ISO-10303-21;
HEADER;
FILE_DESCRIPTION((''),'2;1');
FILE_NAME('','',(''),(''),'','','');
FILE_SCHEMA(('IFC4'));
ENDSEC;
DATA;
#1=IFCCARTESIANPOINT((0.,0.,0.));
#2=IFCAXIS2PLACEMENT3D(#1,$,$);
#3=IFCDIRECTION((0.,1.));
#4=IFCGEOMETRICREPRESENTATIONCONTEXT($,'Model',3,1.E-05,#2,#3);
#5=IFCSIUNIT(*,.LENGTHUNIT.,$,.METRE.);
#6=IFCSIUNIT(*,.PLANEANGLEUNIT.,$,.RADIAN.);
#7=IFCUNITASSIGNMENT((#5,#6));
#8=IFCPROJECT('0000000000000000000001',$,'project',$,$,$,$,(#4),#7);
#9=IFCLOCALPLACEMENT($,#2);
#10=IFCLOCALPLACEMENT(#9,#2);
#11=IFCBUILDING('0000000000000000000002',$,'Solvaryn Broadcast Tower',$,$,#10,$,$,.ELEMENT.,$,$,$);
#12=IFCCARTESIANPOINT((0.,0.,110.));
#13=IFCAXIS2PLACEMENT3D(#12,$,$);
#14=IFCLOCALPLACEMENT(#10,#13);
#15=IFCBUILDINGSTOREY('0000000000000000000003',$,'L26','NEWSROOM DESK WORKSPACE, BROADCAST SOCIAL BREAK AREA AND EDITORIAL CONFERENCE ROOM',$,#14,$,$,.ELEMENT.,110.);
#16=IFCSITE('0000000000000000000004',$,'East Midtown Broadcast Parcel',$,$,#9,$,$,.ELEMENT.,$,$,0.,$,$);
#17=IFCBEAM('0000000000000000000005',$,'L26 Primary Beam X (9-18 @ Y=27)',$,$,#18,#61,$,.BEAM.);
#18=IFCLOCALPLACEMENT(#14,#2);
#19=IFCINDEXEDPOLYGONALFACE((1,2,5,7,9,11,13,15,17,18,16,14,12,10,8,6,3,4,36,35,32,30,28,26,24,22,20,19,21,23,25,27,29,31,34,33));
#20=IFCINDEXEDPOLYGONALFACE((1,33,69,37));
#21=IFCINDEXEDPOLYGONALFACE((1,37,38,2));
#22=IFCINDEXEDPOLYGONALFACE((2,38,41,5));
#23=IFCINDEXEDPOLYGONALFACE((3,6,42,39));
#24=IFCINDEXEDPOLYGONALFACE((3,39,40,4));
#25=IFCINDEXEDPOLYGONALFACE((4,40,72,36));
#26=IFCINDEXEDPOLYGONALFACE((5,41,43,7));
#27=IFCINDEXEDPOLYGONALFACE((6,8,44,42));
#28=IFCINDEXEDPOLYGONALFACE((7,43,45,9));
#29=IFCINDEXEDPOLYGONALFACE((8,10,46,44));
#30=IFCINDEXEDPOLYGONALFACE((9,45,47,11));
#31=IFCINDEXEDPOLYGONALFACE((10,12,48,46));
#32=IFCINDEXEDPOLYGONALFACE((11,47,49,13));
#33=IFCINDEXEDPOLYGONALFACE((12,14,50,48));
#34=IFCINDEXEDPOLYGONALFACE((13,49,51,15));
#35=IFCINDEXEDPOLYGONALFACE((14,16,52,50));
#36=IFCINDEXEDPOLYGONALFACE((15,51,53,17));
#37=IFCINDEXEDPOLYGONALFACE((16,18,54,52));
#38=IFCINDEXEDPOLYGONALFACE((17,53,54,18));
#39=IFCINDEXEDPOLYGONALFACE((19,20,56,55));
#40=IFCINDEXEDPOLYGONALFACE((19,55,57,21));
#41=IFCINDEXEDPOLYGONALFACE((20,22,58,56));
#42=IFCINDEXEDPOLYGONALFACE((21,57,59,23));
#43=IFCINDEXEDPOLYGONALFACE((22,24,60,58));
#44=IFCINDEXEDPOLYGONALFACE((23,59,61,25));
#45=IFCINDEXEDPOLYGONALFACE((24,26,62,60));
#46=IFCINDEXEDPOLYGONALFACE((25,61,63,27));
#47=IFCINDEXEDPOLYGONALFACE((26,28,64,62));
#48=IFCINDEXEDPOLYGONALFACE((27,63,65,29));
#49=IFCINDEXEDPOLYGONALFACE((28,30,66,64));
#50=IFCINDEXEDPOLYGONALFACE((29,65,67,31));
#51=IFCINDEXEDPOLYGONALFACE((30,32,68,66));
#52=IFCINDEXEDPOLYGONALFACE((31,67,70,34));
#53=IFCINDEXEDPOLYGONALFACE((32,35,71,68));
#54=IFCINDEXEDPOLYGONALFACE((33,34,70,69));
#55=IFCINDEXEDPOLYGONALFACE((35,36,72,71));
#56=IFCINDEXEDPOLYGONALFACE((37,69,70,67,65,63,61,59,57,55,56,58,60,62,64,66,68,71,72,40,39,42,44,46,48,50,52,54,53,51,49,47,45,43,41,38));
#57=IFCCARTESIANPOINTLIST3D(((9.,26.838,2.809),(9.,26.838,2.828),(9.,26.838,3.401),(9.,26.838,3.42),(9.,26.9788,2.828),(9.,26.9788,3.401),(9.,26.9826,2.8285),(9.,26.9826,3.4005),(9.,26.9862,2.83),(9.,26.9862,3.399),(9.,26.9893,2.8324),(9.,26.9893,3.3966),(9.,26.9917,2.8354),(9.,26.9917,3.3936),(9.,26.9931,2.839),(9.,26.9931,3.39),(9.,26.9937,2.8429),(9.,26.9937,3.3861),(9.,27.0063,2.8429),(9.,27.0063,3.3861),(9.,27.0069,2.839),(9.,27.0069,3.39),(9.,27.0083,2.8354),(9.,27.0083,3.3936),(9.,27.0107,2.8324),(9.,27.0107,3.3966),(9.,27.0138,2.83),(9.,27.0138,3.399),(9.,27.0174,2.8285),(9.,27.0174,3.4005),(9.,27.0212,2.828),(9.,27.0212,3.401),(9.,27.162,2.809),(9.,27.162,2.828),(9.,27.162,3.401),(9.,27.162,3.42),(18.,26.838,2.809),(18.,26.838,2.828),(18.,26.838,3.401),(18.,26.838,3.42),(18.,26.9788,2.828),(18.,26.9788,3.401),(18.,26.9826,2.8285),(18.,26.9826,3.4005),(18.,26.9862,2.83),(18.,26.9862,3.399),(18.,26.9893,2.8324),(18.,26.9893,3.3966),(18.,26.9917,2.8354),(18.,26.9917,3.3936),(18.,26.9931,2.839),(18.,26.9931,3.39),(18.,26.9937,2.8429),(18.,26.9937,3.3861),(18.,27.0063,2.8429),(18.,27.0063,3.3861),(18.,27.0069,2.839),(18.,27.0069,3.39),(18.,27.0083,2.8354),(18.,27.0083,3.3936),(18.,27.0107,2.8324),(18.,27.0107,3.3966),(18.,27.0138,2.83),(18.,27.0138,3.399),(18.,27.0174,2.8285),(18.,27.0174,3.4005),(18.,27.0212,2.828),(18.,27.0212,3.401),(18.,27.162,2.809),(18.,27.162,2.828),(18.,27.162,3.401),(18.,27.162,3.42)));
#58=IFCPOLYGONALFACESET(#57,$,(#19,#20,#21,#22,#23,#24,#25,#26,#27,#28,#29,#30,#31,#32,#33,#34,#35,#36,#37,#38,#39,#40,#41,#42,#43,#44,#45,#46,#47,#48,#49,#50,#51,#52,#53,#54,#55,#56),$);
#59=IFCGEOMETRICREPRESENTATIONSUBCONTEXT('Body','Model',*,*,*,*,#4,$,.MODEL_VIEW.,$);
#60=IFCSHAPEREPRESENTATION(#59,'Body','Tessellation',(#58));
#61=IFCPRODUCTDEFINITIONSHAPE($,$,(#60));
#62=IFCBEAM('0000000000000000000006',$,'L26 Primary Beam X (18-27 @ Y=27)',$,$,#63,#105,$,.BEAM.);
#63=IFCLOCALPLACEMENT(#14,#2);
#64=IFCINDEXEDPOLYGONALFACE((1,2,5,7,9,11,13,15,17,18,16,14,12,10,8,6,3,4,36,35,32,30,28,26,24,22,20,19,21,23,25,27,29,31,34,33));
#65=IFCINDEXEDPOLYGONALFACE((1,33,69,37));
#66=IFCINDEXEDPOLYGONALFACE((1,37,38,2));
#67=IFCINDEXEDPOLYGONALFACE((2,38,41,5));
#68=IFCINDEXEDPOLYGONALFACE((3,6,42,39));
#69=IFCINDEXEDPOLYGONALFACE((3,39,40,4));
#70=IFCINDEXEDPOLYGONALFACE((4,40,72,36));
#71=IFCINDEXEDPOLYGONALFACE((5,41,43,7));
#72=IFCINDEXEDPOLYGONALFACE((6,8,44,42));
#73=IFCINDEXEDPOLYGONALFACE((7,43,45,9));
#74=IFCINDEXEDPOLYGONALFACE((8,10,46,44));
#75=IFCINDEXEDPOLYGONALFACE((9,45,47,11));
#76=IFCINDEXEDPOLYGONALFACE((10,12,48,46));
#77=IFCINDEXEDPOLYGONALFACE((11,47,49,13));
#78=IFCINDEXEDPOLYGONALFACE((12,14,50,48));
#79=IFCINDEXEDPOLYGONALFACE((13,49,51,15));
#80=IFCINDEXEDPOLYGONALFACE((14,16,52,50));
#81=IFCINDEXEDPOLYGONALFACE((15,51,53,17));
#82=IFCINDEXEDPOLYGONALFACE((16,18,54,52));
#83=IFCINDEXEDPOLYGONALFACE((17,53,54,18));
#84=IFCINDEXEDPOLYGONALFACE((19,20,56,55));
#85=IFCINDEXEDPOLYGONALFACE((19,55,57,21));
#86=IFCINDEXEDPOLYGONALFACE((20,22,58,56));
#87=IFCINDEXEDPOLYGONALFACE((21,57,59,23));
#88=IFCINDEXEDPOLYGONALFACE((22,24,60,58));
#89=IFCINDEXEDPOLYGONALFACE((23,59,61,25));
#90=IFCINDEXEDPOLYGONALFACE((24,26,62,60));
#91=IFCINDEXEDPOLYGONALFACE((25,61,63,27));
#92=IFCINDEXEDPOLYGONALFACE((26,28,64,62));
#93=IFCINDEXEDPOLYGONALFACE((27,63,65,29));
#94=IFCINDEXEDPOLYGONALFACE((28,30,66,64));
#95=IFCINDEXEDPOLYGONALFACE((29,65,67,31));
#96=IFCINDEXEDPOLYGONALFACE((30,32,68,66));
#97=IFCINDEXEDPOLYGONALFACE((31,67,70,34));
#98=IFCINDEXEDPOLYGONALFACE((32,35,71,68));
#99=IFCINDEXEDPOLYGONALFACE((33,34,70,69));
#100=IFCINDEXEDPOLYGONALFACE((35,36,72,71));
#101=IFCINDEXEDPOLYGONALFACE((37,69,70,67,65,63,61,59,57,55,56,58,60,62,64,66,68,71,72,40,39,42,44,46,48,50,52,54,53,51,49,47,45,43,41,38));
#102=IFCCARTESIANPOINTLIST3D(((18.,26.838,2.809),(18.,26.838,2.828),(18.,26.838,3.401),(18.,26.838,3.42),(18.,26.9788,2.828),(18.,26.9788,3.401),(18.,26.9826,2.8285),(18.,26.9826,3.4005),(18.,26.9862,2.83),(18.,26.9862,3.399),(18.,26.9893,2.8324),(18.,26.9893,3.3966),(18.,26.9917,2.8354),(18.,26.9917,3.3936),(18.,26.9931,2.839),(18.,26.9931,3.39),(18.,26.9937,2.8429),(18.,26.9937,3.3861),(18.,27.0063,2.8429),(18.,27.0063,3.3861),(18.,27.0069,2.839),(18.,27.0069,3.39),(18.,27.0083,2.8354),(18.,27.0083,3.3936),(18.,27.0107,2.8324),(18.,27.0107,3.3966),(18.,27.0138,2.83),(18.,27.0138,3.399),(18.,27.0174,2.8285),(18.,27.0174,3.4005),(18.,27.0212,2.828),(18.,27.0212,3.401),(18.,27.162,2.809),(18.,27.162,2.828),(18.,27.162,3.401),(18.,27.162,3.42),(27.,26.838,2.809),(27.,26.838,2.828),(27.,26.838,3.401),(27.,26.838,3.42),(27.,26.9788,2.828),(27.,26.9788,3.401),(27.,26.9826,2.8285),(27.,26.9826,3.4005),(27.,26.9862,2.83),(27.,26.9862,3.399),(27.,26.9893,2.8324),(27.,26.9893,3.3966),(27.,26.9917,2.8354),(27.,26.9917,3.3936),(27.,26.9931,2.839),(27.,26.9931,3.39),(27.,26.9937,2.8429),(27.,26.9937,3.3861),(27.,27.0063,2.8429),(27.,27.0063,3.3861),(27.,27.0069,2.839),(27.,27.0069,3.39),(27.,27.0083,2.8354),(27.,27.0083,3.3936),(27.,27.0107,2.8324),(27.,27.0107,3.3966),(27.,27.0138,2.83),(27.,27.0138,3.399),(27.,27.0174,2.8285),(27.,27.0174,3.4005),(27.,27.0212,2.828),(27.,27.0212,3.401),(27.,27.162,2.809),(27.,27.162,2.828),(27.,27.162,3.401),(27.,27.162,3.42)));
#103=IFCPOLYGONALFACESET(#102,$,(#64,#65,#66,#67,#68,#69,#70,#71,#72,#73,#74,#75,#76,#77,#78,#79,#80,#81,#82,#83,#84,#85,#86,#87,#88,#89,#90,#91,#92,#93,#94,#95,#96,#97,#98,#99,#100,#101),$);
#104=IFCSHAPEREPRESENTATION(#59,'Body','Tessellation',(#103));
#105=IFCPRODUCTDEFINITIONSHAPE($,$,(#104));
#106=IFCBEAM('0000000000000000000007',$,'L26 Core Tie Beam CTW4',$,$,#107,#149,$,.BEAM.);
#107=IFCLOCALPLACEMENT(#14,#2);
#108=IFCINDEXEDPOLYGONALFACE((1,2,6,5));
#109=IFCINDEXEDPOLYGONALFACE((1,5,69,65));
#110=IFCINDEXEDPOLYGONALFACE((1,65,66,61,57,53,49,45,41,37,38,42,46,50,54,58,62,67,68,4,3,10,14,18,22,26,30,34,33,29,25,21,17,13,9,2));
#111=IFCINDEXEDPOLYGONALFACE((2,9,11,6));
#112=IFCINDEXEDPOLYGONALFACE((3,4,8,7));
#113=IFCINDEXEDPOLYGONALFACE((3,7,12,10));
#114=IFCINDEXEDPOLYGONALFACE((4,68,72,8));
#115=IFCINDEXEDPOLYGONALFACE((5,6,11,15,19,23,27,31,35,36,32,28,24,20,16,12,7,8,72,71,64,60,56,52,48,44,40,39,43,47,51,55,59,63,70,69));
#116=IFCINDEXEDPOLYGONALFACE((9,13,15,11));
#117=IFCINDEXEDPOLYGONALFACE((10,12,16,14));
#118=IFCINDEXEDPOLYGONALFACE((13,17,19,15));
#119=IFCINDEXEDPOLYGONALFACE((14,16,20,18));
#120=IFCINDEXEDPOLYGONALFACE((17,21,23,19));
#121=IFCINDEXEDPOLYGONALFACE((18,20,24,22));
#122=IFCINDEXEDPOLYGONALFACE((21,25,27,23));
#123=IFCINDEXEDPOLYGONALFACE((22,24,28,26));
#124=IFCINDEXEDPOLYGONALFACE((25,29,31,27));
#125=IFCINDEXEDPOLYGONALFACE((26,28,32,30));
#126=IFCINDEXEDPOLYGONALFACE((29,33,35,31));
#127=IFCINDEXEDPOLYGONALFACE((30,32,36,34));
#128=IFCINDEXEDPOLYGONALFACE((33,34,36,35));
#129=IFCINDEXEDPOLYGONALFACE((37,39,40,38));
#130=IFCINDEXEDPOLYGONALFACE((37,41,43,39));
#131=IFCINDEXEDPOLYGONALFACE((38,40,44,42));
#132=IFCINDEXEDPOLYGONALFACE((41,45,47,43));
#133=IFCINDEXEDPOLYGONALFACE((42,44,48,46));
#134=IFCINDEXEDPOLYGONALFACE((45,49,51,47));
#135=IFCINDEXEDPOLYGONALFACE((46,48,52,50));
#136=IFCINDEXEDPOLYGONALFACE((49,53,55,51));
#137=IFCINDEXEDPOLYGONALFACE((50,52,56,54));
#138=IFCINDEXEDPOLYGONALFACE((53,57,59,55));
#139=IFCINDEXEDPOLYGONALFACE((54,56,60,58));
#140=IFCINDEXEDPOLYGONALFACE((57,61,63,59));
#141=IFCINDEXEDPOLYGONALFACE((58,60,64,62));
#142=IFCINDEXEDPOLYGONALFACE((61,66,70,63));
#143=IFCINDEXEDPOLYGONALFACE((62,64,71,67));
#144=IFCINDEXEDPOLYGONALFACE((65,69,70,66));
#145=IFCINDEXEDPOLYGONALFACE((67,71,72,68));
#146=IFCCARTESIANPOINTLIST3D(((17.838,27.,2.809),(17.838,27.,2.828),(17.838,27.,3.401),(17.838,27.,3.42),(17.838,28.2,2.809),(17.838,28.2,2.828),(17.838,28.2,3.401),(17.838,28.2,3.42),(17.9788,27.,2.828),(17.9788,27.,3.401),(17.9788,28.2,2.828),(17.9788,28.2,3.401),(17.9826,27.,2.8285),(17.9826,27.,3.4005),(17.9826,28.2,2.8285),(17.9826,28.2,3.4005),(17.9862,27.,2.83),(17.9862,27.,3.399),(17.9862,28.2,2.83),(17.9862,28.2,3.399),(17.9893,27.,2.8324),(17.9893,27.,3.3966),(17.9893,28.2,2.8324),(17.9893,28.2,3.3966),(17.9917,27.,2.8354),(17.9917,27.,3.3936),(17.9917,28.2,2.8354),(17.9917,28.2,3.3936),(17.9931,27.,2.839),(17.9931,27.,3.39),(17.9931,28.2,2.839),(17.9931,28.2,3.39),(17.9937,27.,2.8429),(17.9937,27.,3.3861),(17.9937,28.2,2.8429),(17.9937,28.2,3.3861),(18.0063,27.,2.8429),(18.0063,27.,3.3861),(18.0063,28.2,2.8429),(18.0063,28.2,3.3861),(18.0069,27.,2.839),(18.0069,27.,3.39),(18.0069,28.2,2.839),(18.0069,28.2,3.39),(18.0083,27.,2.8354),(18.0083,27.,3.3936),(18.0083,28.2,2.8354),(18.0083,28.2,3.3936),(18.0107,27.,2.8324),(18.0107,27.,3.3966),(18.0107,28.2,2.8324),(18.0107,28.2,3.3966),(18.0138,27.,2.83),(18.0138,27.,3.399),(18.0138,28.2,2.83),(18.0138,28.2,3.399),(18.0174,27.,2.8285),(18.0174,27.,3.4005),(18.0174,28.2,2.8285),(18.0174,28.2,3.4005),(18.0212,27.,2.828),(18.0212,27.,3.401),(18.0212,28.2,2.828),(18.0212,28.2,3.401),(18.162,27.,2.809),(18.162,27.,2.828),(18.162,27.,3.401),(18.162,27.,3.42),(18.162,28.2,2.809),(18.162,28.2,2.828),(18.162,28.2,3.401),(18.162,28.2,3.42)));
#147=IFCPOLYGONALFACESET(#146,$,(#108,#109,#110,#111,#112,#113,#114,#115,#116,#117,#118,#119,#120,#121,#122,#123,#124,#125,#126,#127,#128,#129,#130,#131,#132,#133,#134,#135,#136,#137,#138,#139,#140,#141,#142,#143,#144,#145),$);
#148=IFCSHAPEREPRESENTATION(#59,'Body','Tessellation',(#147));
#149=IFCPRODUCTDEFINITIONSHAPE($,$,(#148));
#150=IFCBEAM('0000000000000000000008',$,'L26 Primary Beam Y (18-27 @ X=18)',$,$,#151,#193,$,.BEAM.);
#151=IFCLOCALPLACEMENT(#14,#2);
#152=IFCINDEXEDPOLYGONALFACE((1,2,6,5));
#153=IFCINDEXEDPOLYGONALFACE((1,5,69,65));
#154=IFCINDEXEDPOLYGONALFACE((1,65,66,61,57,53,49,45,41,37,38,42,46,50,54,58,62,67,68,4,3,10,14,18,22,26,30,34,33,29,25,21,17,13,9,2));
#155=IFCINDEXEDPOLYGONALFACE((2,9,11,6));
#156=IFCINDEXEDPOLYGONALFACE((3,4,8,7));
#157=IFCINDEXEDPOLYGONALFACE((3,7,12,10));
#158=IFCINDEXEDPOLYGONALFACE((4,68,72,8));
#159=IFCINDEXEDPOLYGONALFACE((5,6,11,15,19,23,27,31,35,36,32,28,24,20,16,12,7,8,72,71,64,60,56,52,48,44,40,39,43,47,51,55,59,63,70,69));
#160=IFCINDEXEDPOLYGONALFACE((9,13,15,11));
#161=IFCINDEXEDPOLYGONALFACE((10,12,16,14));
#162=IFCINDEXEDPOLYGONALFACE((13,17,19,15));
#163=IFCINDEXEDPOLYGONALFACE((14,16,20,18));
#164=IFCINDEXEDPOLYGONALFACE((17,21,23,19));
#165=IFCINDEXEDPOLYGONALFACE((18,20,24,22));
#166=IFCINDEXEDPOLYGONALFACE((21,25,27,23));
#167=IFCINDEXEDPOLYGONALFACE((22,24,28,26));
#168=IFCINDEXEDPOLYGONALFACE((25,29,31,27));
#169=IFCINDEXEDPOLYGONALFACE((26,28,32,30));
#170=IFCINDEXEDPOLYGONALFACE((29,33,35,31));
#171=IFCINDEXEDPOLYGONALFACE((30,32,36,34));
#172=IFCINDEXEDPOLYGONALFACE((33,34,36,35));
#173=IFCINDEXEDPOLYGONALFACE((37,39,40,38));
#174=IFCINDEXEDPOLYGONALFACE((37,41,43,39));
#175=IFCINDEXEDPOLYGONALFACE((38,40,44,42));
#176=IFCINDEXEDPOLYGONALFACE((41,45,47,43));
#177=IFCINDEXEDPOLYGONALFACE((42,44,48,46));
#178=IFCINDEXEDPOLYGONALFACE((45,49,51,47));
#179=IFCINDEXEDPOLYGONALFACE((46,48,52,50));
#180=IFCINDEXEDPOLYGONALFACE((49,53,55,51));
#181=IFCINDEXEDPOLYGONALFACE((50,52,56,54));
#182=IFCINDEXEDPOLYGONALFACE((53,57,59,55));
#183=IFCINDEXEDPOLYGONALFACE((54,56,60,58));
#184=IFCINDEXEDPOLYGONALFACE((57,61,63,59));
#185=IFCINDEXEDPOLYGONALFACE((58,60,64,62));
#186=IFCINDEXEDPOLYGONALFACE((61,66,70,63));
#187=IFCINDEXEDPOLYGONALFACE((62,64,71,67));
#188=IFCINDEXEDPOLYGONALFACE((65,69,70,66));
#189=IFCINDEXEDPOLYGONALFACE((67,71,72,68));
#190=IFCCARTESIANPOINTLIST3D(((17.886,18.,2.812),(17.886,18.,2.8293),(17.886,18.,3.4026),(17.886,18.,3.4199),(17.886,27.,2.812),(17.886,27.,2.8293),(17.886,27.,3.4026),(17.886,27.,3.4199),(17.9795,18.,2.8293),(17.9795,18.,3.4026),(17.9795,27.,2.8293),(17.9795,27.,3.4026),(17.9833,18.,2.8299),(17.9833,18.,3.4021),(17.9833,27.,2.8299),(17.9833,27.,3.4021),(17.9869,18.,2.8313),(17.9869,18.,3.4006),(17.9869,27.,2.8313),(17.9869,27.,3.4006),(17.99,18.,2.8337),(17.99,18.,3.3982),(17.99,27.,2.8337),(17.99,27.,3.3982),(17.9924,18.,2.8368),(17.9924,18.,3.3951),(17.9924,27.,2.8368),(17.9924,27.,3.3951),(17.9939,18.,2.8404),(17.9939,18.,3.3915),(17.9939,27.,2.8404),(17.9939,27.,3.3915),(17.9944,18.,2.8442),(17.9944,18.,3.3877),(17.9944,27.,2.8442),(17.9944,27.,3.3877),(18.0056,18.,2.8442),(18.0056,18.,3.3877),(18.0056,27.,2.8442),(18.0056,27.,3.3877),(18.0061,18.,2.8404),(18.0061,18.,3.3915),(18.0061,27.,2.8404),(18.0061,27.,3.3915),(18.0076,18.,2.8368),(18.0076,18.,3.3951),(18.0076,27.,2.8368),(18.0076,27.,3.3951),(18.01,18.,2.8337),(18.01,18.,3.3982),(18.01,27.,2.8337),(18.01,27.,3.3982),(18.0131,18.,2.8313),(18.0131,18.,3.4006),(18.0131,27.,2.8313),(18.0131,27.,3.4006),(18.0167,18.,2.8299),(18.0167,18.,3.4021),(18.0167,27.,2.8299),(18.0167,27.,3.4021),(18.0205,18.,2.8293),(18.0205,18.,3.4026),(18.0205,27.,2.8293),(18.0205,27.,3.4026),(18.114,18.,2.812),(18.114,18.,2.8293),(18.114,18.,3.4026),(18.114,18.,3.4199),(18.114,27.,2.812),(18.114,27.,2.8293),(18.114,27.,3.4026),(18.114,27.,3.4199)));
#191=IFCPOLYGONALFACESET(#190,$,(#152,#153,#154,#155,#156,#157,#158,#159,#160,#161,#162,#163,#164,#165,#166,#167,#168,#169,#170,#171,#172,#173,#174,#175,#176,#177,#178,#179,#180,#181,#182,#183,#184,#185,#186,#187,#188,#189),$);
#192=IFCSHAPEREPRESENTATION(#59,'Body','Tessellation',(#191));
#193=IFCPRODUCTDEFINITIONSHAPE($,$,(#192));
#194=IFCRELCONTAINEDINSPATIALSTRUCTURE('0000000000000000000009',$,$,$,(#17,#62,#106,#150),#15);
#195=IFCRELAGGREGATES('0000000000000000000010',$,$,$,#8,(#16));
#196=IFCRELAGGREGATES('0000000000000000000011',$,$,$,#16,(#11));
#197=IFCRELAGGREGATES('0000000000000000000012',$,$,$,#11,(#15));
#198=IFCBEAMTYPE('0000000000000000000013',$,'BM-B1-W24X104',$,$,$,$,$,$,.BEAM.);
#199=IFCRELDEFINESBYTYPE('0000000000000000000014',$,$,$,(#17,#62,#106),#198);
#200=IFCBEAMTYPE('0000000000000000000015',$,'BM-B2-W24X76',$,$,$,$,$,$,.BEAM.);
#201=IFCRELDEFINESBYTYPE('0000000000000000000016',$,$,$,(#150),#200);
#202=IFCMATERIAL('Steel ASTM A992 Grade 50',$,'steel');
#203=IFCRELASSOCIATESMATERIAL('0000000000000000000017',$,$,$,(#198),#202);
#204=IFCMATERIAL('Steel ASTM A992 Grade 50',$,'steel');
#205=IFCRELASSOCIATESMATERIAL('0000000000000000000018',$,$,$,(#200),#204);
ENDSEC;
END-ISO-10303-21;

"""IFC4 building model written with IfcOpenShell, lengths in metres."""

from ifc_helpers import new_model, si_unit, direction, frame, origin, origin_2d, place, context, subcontext, project, spatial, i_section, extrude, material, material_profile, profile_set, type_object, element, save


model = new_model("IFC4")

# Units and contexts
model_context = context("Model", 3, precision=1e-05, world=origin(), true_north=direction((0.0, 1.0)))
body_context = subcontext(model_context, "Body", "Model", "MODEL_VIEW")
ifc_project = project(units=[si_unit("LENGTHUNIT", "METRE"), si_unit("PLANEANGLEUNIT", "RADIAN")], contexts=[model_context])

# Site, building, storey
site_placement = place(None, origin())
site = spatial("IfcSite", under=ifc_project, at=site_placement, Name="East Midtown Broadcast Parcel", CompositionType="ELEMENT", RefElevation=0.0)
building_placement = place(site_placement, origin())
building = spatial("IfcBuilding", under=site, at=building_placement, Name="Solvaryn Broadcast Tower", CompositionType="ELEMENT")
storey_placement = place(building_placement, frame((0.0, 0.0, 110.0)))
storey = spatial("IfcBuildingStorey", under=building, at=storey_placement, Name="L26", Description="NEWSROOM DESK WORKSPACE, BROADCAST SOCIAL BREAK AREA AND EDITORIAL CONFERENCE ROOM", CompositionType="ELEMENT", Elevation=110.0)

# Beams
ifc_material_1 = material(Name="Steel ASTM A992 Grade 50", Category="steel")
ifc_material_profile_1 = material_profile(ifc_material_1, i_section(OverallWidth=0.324, OverallDepth=0.6111, WebThickness=0.0127, FlangeThickness=0.019, FilletRadius=0.0149, at=origin_2d()))
ifc_profile_set_1 = profile_set([ifc_material_profile_1], Name="Steel ASTM A992 Grade 50")
beam_type_1 = type_object("IfcBeamType", Name="BM-B1-W24X104", PredefinedType="BEAM", material=ifc_profile_set_1)
for number, where, z_axis, x_axis, name in (
    (1, (9.0, 27.0, 3.1145), (1.0, 0.0, 0.0), (0.0, 1.0, 0.0), "L26 Primary Beam X (9-18 @ Y=27)"),
    (2, (18.0, 27.0, 3.1145), (1.0, 0.0, 0.0), (0.0, 1.0, 0.0), "L26 Primary Beam X (18-27 @ Y=27)"),
):
    element("IfcBeam", number, at=place(storey_placement, frame(where, z_axis=z_axis, x_axis=x_axis)), inside=storey, type_object=beam_type_1, Name=name, PredefinedType="BEAM", context=body_context, shape_type="SweptSolid", body=[
        extrude(i_section(OverallWidth=0.324, OverallDepth=0.6111, WebThickness=0.0127, FlangeThickness=0.019, FilletRadius=0.0149, at=origin_2d()), origin(), (0.0, 0.0, 1.0), 9.0),
    ])
beam_1_placement = place(storey_placement, frame((18.0, 27.0, 3.1145), z_axis=(0.0, 1.0, 0.0), x_axis=(-1.0, 0.0, 0.0)))
element("IfcBeam", 3, at=beam_1_placement, inside=storey, type_object=beam_type_1, Name="L26 Core Tie Beam CTW4", PredefinedType="BEAM", context=body_context, shape_type="SweptSolid", body=[
    extrude(i_section(OverallWidth=0.324, OverallDepth=0.6111, WebThickness=0.0127, FlangeThickness=0.019, FilletRadius=0.0149, at=origin_2d()), origin(), (0.0, 0.0, 1.0), 1.2),
])
ifc_material_2 = material(Name="Steel ASTM A992 Grade 50", Category="steel")
ifc_material_profile_2 = material_profile(ifc_material_2, i_section(OverallWidth=0.228, OverallDepth=0.6079, WebThickness=0.0112, FlangeThickness=0.0173, FilletRadius=0.0149, at=origin_2d()))
ifc_profile_set_2 = profile_set([ifc_material_profile_2], Name="Steel ASTM A992 Grade 50")
beam_type_2 = type_object("IfcBeamType", Name="BM-B2-W24X76", PredefinedType="BEAM", material=ifc_profile_set_2)
beam_2_placement = place(storey_placement, frame((18.0, 18.0, 3.116), z_axis=(0.0, 1.0, 0.0), x_axis=(-1.0, 0.0, 0.0)))
element("IfcBeam", 4, at=beam_2_placement, inside=storey, type_object=beam_type_2, Name="L26 Primary Beam Y (18-27 @ X=18)", PredefinedType="BEAM", context=body_context, shape_type="SweptSolid", body=[
    extrude(i_section(OverallWidth=0.228, OverallDepth=0.6079, WebThickness=0.0112, FlangeThickness=0.0173, FilletRadius=0.0149, at=origin_2d()), origin(), (0.0, 0.0, 1.0), 9.0),
])

save(model, "model.ifc")
